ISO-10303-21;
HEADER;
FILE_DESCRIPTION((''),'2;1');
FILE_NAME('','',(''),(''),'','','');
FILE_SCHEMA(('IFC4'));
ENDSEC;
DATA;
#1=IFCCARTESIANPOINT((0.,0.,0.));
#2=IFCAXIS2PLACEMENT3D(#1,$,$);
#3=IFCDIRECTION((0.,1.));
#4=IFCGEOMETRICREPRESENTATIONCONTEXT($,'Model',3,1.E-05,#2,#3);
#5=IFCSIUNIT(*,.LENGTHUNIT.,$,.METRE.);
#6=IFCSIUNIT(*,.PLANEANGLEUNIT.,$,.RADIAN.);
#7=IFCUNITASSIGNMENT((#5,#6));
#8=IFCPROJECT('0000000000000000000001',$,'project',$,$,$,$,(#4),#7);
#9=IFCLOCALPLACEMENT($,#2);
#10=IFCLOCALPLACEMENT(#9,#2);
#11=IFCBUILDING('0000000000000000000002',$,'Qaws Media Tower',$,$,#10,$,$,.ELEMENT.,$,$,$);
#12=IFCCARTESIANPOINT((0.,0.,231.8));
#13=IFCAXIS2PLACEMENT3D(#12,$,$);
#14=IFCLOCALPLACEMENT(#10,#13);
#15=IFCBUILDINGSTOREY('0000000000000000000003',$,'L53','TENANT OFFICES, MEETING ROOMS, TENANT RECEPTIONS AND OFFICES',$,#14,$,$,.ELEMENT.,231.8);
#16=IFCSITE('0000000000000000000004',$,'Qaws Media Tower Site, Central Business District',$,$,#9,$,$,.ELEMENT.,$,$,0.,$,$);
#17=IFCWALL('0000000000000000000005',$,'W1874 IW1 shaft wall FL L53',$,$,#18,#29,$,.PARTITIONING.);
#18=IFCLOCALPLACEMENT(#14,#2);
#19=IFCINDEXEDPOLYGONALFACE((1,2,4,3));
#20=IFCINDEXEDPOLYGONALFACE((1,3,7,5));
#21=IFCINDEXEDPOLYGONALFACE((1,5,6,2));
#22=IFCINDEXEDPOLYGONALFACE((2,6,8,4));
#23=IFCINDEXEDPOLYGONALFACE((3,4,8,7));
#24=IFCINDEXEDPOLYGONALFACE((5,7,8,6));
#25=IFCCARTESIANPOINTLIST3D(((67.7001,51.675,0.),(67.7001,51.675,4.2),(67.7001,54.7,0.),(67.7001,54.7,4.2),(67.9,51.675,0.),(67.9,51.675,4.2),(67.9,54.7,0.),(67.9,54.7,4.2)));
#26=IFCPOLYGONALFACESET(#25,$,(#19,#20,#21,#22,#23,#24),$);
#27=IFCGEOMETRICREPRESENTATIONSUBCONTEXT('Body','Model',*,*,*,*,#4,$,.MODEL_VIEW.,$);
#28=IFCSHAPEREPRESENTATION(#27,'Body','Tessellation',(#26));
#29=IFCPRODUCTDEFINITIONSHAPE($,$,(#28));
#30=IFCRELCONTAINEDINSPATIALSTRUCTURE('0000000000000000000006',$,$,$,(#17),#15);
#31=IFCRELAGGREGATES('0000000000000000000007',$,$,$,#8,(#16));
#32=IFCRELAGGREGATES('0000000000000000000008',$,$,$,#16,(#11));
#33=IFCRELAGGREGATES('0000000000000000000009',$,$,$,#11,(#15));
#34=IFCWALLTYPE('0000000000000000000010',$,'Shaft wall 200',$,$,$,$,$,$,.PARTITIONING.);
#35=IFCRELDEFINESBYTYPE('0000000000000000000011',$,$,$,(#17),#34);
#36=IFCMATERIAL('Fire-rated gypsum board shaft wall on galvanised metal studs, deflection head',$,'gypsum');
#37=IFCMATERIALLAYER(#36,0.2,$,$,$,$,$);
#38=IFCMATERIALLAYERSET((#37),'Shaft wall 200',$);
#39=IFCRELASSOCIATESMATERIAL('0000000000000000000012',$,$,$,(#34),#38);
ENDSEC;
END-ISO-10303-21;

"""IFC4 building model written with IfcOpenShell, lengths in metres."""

from ifc_helpers import new_model, si_unit, direction, frame, frame_2d, origin, place, context, subcontext, project, spatial, rectangle, extrude, material, layer, layer_set, type_object, element, save


model = new_model("IFC4")

# Units and contexts
model_context = context("Model", 3, precision=1e-05, world=origin(), true_north=direction((0.0, 1.0)))
body_context = subcontext(model_context, "Body", "Model", "MODEL_VIEW")
ifc_project = project(units=[si_unit("LENGTHUNIT", "METRE"), si_unit("PLANEANGLEUNIT", "RADIAN")], contexts=[model_context])

# Site, building, storey
site_placement = place(None, origin())
site = spatial("IfcSite", under=ifc_project, at=site_placement, Name="Qaws Media Tower Site, Central Business District", CompositionType="ELEMENT", RefElevation=0.0)
building_placement = place(site_placement, origin())
building = spatial("IfcBuilding", under=site, at=building_placement, Name="Qaws Media Tower", CompositionType="ELEMENT")
storey_placement = place(building_placement, frame((0.0, 0.0, 231.8)))
storey = spatial("IfcBuildingStorey", under=building, at=storey_placement, Name="L53", Description="TENANT OFFICES, MEETING ROOMS, TENANT RECEPTIONS AND OFFICES", CompositionType="ELEMENT", Elevation=231.8)

# Wall
ifc_material_1 = material(Name="Fire-rated gypsum board shaft wall on galvanised metal studs, deflection head", Category="gypsum")
ifc_layer_1 = layer(ifc_material_1, 0.2)
ifc_layer_set_1 = layer_set([ifc_layer_1], Name="Shaft wall 200")
wall_type_1 = type_object("IfcWallType", Name="Shaft wall 200", PredefinedType="PARTITIONING", material=ifc_layer_set_1)
wall_1_placement = place(storey_placement, frame((67.8, 51.675, 0.0), z_axis=(0.0, 0.0, 1.0), x_axis=(0.0, 1.0, 0.0)))
element("IfcWall", 1, at=wall_1_placement, inside=storey, type_object=wall_type_1, Name="W1874 IW1 shaft wall FL L53", PredefinedType="PARTITIONING", context=body_context, shape_type="SweptSolid", body=[
    extrude(rectangle(XDim=3.0249, YDim=0.2, at=frame_2d((1.5125, 0.0))), origin(), (0.0, 0.0, 1.0), 4.2),
])

save(model, "model.ifc")
